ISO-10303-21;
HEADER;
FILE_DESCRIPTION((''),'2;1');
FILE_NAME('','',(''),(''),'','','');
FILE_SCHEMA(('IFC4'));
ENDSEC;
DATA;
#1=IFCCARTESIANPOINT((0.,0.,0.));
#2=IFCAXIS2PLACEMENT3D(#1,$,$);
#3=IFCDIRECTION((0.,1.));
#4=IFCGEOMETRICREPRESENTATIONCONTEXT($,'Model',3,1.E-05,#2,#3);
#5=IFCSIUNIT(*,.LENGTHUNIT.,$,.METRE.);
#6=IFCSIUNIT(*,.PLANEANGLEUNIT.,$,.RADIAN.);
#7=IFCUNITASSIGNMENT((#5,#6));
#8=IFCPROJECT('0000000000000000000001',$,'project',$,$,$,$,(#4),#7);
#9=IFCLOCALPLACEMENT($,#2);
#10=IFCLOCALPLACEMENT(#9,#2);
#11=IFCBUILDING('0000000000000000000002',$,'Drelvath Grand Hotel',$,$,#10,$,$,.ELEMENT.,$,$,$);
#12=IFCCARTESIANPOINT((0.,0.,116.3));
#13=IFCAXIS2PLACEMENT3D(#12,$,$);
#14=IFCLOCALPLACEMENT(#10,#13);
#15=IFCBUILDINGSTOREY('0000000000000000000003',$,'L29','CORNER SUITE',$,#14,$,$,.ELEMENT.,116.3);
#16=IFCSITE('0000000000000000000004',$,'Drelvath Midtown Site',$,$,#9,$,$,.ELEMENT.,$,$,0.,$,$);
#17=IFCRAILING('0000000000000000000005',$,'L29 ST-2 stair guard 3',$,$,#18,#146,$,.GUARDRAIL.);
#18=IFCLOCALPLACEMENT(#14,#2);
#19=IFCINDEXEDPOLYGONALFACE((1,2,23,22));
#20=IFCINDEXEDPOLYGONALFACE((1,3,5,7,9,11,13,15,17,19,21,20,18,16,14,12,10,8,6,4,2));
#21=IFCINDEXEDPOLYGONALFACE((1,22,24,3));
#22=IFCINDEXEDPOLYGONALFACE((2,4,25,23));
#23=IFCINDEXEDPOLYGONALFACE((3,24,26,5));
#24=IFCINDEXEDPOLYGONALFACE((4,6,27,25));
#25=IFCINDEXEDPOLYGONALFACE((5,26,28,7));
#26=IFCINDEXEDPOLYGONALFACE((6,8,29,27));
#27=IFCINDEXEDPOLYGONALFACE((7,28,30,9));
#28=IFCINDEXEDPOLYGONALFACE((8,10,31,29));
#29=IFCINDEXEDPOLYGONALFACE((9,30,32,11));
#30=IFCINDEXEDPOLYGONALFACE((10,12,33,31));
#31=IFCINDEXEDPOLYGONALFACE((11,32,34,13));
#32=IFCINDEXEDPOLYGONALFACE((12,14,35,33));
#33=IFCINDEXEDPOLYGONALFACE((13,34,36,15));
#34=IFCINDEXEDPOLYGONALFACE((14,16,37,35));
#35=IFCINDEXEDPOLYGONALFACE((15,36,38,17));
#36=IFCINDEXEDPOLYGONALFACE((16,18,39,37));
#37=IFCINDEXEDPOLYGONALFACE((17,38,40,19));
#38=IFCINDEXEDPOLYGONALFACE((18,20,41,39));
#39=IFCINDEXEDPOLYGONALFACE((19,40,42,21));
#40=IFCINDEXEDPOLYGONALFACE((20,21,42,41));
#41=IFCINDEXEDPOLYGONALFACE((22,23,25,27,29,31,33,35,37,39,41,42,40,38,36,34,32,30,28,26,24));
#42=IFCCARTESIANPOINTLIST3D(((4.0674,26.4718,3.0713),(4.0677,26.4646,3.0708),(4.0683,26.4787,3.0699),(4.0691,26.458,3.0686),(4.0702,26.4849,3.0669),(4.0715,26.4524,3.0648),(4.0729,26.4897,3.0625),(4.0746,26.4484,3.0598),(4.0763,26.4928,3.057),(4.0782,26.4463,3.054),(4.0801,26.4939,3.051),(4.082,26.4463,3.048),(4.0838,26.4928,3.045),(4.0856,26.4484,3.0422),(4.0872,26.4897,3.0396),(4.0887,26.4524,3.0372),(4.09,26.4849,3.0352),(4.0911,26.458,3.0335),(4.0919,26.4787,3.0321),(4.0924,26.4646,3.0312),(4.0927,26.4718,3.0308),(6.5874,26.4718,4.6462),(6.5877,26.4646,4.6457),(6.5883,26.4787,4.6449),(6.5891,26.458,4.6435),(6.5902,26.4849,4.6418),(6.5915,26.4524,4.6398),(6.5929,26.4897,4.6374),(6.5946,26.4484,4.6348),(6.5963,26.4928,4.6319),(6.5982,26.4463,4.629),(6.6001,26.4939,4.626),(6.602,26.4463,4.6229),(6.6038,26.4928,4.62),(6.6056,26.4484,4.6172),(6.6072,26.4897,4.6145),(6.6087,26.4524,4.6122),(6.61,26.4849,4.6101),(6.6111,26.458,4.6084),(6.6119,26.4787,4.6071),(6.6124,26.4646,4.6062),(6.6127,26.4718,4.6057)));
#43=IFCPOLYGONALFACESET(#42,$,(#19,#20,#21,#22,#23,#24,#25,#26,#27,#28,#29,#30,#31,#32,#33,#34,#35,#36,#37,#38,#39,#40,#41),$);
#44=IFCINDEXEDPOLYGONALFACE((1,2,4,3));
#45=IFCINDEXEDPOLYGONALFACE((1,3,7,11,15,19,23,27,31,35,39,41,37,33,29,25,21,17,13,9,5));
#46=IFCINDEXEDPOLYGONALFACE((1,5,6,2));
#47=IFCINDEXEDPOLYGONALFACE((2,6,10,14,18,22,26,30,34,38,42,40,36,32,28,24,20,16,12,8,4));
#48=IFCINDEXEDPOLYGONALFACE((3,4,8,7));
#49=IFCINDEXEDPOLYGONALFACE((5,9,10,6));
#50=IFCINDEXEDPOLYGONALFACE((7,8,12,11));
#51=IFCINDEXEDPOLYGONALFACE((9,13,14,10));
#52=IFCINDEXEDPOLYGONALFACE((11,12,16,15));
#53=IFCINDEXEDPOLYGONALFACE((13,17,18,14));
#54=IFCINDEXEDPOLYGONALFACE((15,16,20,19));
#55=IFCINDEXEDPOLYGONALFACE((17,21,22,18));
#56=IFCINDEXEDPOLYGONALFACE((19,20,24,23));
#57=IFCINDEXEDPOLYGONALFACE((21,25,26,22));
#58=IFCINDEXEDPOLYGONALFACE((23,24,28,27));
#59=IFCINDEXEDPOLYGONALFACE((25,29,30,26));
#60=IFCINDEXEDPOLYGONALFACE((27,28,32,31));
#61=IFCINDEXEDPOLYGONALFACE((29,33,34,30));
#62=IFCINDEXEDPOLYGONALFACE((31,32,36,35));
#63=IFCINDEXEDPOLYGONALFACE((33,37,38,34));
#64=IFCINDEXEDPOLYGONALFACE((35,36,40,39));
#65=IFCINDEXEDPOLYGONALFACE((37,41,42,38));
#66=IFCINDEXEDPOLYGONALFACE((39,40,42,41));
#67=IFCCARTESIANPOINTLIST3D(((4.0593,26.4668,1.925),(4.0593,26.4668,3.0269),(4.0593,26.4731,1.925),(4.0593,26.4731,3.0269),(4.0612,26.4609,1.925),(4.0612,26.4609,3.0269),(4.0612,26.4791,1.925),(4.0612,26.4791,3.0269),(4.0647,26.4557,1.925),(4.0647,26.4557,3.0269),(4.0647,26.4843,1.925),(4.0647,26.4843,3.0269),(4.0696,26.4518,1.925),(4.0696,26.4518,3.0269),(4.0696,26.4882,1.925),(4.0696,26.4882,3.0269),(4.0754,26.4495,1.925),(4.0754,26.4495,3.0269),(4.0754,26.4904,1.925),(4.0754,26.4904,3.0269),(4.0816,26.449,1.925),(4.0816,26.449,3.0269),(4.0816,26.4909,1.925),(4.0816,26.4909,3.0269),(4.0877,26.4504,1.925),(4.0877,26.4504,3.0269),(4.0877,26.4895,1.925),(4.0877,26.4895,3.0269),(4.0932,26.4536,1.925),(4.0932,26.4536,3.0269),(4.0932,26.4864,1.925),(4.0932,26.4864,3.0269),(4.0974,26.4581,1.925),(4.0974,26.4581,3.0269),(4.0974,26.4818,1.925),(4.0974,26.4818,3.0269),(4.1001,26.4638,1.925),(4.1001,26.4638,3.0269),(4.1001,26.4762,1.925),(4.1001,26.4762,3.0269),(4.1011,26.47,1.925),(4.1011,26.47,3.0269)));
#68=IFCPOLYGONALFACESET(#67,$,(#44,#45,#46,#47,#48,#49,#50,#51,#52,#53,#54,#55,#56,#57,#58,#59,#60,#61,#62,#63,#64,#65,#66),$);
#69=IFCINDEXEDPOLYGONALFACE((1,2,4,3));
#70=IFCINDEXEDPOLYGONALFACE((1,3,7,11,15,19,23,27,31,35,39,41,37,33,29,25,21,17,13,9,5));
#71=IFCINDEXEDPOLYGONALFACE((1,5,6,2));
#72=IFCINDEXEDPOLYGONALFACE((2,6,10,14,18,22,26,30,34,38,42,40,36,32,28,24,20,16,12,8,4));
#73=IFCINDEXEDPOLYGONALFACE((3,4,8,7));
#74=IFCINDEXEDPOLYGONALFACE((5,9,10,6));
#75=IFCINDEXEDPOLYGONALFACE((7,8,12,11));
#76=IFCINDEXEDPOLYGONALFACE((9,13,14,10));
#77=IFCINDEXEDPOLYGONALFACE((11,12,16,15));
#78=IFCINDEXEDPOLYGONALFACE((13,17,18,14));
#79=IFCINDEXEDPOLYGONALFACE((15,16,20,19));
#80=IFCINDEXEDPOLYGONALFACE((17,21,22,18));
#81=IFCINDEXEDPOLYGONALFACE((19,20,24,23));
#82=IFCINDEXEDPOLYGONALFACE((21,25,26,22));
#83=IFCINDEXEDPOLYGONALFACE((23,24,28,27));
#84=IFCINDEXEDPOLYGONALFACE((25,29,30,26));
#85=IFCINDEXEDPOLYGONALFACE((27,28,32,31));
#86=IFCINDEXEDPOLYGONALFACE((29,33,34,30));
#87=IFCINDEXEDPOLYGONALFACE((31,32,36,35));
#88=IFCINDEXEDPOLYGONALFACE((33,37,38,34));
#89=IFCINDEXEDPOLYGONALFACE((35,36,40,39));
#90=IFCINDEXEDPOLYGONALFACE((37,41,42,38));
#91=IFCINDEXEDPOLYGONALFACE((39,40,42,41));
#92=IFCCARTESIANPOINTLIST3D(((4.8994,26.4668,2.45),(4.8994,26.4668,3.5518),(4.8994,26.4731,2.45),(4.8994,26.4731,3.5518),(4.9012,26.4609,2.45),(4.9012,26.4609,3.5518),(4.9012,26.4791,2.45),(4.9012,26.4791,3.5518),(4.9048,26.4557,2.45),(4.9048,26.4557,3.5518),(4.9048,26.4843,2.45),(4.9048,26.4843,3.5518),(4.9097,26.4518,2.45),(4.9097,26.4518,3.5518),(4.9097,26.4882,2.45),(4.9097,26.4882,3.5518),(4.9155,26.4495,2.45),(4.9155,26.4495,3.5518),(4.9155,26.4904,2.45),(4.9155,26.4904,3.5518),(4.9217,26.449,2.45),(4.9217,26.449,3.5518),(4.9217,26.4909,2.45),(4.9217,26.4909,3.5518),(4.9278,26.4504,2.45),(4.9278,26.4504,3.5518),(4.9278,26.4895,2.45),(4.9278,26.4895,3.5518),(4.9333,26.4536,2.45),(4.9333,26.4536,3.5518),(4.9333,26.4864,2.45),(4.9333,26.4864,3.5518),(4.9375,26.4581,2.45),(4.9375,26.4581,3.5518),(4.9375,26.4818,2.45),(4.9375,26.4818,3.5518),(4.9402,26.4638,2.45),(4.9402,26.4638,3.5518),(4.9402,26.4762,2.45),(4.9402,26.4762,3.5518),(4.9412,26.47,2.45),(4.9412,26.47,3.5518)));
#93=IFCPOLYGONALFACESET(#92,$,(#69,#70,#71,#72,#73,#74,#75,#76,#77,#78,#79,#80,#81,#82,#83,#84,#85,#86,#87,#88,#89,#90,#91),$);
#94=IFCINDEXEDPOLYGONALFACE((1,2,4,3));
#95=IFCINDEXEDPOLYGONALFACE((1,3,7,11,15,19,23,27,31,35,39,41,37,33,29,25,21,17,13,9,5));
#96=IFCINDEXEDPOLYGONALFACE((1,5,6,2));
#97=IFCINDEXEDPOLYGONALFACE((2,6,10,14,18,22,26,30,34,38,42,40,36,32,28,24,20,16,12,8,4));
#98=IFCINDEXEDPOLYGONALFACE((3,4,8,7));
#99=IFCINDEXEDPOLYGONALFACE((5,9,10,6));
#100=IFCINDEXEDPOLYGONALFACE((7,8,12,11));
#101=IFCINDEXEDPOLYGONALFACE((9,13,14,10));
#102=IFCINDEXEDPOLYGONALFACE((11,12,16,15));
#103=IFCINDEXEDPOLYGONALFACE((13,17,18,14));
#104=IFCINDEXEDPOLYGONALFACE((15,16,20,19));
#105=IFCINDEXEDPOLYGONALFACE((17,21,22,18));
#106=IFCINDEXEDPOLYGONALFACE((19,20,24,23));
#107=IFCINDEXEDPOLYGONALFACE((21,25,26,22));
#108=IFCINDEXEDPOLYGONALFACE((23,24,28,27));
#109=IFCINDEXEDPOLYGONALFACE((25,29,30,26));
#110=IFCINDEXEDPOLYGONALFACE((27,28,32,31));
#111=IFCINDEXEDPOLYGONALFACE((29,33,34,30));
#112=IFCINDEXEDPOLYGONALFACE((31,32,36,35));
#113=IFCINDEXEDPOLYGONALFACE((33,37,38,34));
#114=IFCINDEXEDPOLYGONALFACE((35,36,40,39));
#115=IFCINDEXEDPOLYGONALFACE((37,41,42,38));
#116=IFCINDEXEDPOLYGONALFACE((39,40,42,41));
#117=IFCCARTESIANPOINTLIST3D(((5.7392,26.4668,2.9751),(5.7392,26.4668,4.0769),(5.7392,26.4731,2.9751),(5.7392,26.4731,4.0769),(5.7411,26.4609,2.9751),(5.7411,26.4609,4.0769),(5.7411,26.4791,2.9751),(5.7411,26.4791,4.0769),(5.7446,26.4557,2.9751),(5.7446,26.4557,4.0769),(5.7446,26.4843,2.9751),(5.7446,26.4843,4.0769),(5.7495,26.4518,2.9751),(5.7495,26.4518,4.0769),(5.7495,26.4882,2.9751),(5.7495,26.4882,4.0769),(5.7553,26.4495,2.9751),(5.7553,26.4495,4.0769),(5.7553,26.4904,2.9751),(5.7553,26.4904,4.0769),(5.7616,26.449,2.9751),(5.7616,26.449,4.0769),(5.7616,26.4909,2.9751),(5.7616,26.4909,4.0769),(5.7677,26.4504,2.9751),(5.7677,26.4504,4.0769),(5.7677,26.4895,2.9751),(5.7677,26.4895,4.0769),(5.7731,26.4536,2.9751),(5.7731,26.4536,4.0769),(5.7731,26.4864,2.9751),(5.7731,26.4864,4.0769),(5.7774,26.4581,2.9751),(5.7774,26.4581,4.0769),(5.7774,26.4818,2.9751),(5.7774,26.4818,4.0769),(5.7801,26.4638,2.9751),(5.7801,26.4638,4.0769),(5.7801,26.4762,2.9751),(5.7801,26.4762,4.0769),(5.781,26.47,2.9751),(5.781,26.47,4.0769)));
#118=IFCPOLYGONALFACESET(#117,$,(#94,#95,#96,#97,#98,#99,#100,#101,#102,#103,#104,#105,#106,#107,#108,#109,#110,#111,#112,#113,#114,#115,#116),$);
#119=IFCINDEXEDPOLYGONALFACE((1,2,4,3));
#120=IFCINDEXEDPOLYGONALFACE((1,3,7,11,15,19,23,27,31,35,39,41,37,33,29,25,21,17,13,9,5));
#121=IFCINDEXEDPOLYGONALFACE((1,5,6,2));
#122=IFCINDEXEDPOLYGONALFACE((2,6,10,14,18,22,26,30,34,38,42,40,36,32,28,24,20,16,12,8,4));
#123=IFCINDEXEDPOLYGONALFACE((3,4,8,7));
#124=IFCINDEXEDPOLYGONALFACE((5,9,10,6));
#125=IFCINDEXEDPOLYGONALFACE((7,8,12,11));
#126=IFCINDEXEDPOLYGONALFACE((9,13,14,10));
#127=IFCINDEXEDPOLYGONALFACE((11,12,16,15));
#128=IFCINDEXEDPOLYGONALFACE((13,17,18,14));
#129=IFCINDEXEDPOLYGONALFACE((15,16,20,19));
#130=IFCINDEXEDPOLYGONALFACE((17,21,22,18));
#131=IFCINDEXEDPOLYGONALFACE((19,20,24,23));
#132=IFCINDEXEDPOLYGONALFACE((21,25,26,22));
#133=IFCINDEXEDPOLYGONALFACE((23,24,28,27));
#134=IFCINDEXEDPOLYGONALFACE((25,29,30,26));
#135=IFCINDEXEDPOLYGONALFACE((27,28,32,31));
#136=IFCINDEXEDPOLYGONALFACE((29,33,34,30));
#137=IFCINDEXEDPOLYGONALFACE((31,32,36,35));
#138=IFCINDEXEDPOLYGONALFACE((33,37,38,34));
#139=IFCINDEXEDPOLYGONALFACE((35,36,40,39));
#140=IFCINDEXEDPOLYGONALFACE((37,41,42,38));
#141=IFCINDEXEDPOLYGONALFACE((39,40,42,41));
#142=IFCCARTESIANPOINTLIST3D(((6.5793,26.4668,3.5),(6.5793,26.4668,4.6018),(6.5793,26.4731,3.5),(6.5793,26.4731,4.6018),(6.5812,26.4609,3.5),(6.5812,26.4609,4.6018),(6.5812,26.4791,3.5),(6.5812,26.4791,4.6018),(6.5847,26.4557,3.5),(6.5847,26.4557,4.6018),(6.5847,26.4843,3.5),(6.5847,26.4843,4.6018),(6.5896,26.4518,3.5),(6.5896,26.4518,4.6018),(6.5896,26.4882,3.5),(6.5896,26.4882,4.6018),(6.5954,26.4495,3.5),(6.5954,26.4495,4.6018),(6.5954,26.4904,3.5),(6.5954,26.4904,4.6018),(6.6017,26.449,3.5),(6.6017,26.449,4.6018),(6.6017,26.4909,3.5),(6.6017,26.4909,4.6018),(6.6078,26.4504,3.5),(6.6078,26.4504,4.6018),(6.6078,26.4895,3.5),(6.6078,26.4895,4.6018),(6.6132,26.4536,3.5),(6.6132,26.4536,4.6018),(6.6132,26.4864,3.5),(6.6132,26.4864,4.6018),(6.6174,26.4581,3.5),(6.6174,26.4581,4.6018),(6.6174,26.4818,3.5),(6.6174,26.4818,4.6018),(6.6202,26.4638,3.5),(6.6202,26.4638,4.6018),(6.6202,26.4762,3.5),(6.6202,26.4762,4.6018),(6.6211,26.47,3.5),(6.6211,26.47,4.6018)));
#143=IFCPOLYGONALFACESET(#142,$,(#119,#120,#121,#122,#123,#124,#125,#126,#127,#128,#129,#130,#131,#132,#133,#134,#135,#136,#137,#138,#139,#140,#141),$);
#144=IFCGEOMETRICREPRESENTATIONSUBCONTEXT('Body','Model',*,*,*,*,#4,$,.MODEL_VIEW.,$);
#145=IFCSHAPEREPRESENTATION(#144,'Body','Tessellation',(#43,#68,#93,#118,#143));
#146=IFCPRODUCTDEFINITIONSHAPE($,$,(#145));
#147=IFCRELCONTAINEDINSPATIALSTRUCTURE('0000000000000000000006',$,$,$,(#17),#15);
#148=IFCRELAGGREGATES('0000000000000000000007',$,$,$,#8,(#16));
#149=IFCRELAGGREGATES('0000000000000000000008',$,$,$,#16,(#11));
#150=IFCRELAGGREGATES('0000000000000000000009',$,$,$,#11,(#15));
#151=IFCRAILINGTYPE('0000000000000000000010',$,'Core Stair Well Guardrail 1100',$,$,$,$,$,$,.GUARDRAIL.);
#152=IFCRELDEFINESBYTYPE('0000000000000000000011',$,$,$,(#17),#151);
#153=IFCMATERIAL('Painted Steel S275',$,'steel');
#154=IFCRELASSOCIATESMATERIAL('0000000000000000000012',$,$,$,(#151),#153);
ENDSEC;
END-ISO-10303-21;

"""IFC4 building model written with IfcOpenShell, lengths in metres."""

from ifc_helpers import new_model, si_unit, direction, frame, origin, origin_2d, place, context, subcontext, project, spatial, circle, extrude, material, type_object, element, save


model = new_model("IFC4")

# Units and contexts
model_context = context("Model", 3, precision=1e-05, world=origin(), true_north=direction((0.0, 1.0)))
body_context = subcontext(model_context, "Body", "Model", "MODEL_VIEW")
ifc_project = project(units=[si_unit("LENGTHUNIT", "METRE"), si_unit("PLANEANGLEUNIT", "RADIAN")], contexts=[model_context])

# Site, building, storey
site_placement = place(None, origin())
site = spatial("IfcSite", under=ifc_project, at=site_placement, Name="Drelvath Midtown Site", CompositionType="ELEMENT", RefElevation=0.0)
building_placement = place(site_placement, origin())
building = spatial("IfcBuilding", under=site, at=building_placement, Name="Drelvath Grand Hotel", CompositionType="ELEMENT")
storey_placement = place(building_placement, frame((0.0, 0.0, 116.3)))
storey = spatial("IfcBuildingStorey", under=building, at=storey_placement, Name="L29", Description="CORNER SUITE", CompositionType="ELEMENT", Elevation=116.3)

# Railing
ifc_material_1 = material(Name="Painted Steel S275", Category="steel")
railing_type_1 = type_object("IfcRailingType", Name="Core Stair Well Guardrail 1100", PredefinedType="GUARDRAIL", material=ifc_material_1)
railing_1_placement = place(storey_placement, frame((4.0801, 26.47, 1.925)))
element("IfcRailing", 1, at=railing_1_placement, inside=storey, type_object=railing_type_1, Name="L29 ST-2 stair guard 3", PredefinedType="GUARDRAIL", context=body_context, shape_type="SweptSolid", body=[
    extrude(circle(Radius=0.0239, at=origin_2d()), frame((0.0, 0.0, 1.126), z_axis=(0.848008, 0.0, 0.529984), x_axis=(0.0, 1.0, 0.0)), (0.0, 0.0, 1.0), 2.9717),
    extrude(circle(Radius=0.021, at=origin_2d()), origin(), (0.0, 0.0, 1.0), 1.1018),
    extrude(circle(Radius=0.021, at=origin_2d()), frame((0.8401, 0.0, 0.5249)), (0.0, 0.0, 1.0), 1.1018),
    extrude(circle(Radius=0.021, at=origin_2d()), frame((1.6799, 0.0, 1.05)), (0.0, 0.0, 1.0), 1.1018),
    extrude(circle(Radius=0.021, at=origin_2d()), frame((2.52, 0.0, 1.575)), (0.0, 0.0, 1.0), 1.1018),
])

save(model, "model.ifc")
